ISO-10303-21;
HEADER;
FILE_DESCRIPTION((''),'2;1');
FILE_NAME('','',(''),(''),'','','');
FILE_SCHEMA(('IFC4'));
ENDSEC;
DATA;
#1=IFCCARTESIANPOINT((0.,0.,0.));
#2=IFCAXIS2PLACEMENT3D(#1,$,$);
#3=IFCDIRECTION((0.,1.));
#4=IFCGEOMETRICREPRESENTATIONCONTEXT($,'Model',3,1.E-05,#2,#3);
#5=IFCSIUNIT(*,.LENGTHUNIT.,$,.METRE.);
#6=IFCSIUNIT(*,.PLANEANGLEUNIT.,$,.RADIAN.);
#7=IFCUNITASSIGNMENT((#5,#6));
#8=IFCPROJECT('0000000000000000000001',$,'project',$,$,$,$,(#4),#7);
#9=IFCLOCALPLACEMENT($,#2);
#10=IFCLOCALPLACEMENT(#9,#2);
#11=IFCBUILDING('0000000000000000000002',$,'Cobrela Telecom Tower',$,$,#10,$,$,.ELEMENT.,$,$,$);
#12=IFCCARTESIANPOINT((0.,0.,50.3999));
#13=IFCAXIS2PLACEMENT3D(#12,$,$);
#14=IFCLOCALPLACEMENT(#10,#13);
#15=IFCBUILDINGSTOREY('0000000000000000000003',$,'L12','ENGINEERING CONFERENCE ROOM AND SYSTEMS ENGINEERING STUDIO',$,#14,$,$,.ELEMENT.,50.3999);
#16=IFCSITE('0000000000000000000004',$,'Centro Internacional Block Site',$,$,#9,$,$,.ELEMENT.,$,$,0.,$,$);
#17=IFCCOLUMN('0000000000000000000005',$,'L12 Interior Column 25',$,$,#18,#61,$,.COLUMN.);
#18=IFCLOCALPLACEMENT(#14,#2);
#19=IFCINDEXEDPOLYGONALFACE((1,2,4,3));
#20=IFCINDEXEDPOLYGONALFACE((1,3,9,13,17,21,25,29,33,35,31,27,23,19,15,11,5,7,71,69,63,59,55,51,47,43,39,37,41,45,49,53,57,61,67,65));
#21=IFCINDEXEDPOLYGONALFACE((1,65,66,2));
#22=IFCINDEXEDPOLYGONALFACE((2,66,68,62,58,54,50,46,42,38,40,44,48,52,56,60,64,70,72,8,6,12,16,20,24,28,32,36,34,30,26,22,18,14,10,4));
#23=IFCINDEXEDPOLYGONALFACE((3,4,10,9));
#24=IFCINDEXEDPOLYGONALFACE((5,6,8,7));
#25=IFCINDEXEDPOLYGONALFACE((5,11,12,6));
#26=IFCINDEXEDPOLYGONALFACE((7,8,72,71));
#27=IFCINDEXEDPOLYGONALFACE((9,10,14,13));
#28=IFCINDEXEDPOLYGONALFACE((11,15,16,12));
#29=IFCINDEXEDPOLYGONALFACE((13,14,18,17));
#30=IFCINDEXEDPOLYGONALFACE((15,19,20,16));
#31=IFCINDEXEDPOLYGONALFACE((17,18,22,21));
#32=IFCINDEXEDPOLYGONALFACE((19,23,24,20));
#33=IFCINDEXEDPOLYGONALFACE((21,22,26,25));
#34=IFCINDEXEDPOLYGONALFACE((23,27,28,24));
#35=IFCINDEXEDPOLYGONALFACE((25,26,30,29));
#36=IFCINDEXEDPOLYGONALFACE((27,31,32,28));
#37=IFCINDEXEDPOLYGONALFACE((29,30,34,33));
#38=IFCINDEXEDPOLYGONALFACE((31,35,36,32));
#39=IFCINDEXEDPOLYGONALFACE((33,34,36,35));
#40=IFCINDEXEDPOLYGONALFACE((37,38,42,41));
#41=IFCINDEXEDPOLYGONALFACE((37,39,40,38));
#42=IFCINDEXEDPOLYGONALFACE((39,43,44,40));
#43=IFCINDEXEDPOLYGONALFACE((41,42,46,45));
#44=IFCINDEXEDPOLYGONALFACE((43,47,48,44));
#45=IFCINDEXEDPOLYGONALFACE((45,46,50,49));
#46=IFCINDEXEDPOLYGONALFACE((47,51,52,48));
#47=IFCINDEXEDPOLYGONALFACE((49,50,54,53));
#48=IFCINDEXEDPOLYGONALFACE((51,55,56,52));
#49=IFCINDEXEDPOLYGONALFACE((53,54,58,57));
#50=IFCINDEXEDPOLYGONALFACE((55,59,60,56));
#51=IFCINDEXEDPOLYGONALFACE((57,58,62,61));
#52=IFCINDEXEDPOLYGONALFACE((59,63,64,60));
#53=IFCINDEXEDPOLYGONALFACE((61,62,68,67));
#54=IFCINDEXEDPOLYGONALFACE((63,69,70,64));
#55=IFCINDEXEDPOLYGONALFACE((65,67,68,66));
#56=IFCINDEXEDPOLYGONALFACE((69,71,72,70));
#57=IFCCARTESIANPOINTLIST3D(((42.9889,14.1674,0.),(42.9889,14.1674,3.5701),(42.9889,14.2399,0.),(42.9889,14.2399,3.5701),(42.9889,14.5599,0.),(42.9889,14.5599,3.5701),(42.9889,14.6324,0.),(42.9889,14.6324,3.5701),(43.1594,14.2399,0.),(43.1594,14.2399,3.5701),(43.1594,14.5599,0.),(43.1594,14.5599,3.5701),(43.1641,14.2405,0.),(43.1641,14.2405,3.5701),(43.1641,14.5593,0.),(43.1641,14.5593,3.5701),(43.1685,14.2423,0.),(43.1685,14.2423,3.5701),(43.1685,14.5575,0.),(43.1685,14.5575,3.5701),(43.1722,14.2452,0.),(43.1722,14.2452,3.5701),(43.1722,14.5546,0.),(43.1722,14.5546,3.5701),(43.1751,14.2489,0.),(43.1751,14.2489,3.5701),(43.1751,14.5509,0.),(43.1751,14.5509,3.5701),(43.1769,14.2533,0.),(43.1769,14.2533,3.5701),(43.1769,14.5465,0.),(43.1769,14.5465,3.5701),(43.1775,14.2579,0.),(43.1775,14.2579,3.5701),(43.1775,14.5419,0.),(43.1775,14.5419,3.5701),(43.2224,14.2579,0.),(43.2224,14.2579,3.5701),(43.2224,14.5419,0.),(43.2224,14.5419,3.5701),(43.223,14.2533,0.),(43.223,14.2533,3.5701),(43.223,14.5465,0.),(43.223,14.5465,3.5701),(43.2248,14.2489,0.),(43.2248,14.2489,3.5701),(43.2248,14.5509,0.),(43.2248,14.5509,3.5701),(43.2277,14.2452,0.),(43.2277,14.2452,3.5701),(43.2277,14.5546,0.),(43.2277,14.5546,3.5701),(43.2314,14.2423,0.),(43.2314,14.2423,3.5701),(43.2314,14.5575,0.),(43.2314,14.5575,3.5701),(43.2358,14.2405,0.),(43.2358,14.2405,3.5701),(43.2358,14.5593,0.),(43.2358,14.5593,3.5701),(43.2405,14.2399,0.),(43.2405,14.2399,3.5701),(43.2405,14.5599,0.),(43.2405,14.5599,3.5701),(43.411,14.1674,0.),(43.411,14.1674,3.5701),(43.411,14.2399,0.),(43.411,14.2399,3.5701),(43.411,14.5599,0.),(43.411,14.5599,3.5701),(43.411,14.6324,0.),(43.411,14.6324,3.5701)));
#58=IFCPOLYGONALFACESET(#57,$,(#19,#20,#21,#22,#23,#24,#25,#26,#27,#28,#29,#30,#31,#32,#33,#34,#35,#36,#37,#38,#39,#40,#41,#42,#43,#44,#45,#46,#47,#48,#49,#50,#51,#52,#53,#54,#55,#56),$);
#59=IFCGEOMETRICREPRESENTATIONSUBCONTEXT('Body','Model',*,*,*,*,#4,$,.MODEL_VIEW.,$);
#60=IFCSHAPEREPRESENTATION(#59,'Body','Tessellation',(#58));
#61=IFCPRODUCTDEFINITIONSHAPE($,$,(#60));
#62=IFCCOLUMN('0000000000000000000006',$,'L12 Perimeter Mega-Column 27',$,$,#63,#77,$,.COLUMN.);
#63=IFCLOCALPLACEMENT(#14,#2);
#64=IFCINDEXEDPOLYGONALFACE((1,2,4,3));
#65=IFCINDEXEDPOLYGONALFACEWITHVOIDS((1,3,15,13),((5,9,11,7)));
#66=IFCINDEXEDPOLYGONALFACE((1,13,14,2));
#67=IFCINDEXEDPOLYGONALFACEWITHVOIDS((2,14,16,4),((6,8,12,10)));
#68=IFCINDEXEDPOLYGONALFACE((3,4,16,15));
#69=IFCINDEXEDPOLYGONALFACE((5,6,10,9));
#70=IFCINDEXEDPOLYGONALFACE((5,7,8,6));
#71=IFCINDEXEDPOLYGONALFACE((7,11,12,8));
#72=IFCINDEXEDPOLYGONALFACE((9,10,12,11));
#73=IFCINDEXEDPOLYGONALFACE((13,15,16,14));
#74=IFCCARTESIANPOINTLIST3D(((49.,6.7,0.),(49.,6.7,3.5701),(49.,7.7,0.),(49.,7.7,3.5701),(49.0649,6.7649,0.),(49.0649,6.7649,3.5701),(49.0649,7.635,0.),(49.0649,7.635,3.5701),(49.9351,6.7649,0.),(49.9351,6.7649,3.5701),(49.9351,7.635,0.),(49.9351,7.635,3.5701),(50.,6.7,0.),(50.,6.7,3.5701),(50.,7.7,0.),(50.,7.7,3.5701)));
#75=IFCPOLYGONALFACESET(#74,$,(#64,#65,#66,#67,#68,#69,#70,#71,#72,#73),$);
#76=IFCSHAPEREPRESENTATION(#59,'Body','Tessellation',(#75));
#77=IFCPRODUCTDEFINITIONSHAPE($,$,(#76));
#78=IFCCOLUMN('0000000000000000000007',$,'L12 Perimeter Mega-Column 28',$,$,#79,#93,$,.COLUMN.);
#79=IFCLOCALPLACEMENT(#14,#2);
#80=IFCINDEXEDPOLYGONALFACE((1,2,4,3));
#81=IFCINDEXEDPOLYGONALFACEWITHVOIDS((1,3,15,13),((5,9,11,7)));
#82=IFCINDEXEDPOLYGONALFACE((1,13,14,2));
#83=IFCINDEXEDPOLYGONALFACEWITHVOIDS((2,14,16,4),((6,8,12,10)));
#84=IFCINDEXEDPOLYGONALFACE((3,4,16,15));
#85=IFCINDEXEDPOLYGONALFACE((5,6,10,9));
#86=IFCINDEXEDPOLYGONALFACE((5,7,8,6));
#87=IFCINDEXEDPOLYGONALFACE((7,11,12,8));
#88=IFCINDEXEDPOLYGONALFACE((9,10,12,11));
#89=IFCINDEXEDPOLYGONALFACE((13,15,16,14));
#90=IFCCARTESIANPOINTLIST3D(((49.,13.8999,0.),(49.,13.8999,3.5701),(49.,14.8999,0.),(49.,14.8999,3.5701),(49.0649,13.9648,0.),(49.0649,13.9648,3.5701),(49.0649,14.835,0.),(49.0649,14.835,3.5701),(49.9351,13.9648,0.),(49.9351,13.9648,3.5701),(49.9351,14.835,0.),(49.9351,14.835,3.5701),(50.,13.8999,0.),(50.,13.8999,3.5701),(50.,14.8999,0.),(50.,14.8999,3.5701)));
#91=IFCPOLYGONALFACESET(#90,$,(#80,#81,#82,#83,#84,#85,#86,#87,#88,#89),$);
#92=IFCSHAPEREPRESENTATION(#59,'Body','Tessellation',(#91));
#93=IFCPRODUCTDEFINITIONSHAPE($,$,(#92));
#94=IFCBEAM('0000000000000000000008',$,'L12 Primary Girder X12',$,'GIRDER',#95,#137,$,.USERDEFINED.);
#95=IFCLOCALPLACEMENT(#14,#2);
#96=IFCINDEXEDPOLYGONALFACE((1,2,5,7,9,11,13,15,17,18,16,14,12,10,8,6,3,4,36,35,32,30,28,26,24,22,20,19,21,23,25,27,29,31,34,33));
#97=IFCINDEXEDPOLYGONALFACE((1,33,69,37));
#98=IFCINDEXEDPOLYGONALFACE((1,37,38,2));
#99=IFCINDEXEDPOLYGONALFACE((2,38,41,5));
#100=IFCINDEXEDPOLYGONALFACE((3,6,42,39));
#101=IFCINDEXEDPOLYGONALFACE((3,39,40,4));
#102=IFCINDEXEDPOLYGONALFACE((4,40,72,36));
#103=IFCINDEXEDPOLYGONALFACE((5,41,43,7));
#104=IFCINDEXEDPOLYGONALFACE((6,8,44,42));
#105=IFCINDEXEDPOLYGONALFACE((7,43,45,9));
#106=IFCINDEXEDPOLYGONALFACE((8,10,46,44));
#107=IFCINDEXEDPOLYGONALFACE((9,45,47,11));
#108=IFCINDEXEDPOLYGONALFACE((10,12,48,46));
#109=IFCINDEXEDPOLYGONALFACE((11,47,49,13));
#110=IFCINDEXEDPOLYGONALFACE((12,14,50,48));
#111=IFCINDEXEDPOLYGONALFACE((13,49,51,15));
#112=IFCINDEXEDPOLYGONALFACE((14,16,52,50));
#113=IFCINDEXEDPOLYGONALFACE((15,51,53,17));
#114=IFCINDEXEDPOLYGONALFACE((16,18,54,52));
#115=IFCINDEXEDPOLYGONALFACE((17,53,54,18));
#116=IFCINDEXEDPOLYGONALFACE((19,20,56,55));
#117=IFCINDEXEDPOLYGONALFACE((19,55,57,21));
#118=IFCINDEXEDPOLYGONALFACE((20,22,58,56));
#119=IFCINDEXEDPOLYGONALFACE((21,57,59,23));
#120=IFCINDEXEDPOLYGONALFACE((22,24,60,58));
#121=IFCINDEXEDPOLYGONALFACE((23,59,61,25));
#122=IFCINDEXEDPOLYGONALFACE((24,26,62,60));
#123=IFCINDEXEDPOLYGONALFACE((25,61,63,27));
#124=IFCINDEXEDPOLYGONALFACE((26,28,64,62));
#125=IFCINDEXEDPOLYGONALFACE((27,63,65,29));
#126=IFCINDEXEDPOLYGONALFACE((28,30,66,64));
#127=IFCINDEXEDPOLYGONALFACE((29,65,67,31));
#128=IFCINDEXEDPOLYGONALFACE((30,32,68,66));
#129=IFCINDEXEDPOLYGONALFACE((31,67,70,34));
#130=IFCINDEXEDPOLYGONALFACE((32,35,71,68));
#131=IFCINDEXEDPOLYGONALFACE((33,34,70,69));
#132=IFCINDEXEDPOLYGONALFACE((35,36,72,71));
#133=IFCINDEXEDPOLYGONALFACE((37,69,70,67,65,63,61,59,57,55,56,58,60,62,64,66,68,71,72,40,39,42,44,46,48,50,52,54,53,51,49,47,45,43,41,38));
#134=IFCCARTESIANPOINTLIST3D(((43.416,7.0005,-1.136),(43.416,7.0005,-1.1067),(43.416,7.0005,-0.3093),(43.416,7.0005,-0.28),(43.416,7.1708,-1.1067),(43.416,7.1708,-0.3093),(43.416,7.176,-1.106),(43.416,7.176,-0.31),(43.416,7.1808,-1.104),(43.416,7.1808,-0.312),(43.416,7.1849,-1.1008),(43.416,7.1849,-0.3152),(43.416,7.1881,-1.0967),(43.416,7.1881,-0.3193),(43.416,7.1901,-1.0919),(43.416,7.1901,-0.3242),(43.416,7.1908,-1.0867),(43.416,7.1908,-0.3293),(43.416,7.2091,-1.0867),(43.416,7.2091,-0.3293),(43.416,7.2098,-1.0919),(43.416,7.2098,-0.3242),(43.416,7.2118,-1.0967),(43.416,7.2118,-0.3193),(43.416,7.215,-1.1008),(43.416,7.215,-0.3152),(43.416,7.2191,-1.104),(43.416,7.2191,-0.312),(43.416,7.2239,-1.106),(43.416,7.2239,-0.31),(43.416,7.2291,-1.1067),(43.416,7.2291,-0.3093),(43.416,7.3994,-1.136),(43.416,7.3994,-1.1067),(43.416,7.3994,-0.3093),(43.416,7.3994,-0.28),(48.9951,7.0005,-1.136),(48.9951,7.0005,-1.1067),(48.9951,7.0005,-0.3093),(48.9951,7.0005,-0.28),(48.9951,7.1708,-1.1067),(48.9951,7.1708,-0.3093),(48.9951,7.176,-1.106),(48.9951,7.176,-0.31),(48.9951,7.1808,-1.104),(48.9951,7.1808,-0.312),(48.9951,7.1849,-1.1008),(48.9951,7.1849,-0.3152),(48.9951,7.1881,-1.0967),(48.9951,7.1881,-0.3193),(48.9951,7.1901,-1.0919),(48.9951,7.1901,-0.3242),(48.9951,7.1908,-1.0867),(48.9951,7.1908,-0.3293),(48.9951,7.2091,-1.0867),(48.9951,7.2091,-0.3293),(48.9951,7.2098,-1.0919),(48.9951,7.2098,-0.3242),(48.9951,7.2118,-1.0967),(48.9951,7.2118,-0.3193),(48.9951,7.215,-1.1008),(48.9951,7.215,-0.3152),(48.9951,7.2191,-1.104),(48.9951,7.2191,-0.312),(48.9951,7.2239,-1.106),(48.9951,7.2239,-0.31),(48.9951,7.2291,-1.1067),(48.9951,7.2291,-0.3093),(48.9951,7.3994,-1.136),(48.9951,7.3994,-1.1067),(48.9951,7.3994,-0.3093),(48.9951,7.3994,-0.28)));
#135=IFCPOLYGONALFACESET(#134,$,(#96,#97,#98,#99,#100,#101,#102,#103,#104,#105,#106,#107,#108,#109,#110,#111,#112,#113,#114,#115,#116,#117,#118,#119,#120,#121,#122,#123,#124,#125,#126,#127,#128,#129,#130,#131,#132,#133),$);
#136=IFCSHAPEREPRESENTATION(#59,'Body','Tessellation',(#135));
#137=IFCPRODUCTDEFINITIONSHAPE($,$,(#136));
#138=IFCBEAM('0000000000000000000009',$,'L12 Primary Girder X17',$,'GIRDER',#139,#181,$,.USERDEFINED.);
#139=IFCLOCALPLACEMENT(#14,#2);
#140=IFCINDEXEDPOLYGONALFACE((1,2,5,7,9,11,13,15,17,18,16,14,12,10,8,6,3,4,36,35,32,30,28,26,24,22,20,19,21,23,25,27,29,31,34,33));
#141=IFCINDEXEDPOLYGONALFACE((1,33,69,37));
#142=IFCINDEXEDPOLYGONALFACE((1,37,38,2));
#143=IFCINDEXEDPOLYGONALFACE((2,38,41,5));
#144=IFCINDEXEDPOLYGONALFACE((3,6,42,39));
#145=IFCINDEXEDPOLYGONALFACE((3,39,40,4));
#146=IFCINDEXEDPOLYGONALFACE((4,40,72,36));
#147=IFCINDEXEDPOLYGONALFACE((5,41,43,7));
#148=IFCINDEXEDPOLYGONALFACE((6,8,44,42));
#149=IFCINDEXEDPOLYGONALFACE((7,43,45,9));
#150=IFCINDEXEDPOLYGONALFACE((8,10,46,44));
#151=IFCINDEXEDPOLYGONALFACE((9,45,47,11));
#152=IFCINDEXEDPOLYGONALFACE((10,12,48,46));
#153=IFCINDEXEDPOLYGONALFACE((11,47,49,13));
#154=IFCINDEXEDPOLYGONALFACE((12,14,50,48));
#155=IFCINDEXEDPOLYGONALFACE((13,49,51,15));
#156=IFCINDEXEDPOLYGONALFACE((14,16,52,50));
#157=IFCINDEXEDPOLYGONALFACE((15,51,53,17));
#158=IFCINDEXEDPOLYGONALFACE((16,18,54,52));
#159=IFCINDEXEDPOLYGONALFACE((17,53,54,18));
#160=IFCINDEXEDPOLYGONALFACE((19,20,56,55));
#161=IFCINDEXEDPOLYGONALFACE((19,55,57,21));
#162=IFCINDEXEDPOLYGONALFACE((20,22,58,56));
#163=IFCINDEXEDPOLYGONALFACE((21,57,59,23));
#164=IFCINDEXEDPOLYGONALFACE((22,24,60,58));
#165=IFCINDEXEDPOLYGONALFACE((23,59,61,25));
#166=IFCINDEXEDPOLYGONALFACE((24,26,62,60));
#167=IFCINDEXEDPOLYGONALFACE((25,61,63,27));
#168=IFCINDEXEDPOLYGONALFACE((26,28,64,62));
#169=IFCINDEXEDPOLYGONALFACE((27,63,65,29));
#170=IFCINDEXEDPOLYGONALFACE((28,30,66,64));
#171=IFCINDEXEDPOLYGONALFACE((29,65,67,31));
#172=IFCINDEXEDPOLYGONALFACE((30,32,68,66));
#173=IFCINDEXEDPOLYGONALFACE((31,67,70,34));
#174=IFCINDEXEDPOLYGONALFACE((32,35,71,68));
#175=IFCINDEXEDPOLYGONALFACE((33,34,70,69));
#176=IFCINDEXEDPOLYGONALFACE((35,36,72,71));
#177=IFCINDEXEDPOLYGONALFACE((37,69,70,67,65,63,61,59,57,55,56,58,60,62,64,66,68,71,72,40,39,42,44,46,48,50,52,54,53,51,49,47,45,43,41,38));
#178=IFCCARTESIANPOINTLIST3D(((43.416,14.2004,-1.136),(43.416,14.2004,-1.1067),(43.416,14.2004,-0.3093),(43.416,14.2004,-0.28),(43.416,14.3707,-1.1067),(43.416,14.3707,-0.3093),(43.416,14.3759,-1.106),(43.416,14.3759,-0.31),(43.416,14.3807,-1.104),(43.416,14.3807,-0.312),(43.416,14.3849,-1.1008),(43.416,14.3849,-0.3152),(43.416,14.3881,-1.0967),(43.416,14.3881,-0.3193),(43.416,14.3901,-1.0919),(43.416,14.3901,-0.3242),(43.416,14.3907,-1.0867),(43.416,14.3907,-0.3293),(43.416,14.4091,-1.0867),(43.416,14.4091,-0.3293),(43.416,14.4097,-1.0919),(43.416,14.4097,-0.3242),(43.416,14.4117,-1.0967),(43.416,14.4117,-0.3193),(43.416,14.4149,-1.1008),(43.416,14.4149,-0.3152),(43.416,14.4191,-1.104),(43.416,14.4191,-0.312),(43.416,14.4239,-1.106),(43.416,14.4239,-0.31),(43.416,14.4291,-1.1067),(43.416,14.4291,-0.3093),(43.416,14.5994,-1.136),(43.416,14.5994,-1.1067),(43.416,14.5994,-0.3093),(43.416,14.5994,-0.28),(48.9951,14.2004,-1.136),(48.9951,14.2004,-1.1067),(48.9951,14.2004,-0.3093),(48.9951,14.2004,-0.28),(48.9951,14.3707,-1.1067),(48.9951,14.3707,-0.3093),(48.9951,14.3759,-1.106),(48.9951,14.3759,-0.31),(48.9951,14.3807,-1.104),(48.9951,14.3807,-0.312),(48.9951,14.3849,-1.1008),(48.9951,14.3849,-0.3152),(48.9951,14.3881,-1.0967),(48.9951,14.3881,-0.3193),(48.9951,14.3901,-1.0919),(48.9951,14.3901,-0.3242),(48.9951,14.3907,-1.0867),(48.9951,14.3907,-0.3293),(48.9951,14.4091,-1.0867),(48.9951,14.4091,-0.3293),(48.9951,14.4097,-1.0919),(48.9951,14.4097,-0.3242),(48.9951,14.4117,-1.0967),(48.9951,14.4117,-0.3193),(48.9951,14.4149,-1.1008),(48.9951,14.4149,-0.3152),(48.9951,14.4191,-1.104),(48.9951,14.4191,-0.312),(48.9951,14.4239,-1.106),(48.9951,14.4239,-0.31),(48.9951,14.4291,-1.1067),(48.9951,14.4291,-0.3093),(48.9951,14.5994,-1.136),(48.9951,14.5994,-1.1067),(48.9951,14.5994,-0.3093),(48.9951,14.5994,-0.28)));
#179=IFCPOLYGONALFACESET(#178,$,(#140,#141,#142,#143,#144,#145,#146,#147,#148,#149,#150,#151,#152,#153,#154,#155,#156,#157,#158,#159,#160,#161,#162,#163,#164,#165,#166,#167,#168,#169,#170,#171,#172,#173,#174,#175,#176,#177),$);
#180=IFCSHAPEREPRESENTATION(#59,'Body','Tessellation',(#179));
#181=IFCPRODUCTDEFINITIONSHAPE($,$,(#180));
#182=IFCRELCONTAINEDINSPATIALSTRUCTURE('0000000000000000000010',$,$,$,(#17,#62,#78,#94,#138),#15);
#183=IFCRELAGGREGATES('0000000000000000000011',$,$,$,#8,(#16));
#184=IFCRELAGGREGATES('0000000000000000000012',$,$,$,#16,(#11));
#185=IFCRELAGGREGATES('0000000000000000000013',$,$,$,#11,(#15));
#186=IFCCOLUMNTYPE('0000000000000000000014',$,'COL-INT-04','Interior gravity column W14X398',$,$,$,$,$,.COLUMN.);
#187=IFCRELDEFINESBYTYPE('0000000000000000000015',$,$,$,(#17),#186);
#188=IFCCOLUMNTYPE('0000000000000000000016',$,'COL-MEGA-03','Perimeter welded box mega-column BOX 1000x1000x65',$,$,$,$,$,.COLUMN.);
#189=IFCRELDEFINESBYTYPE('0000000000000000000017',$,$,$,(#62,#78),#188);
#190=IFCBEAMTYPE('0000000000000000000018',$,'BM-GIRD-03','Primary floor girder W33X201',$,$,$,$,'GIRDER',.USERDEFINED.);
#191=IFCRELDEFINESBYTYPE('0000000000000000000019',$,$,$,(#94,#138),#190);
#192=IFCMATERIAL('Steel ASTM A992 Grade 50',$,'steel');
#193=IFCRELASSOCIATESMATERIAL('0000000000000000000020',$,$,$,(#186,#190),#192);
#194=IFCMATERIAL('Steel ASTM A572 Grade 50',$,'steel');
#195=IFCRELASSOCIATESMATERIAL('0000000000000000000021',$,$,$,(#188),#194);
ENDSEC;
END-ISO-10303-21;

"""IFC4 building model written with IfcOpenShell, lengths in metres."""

from ifc_helpers import new_model, si_unit, direction, frame, origin, origin_2d, place, context, subcontext, project, spatial, hollow_rectangle, i_section, extrude, material, material_profile, profile_set, type_object, element, save


model = new_model("IFC4")

# Units and contexts
model_context = context("Model", 3, precision=1e-05, world=origin(), true_north=direction((0.0, 1.0)))
body_context = subcontext(model_context, "Body", "Model", "MODEL_VIEW")
ifc_project = project(units=[si_unit("LENGTHUNIT", "METRE"), si_unit("PLANEANGLEUNIT", "RADIAN")], contexts=[model_context])

# Site, building, storey
site_placement = place(None, origin())
site = spatial("IfcSite", under=ifc_project, at=site_placement, Name="Centro Internacional Block Site", CompositionType="ELEMENT", RefElevation=0.0)
building_placement = place(site_placement, origin())
building = spatial("IfcBuilding", under=site, at=building_placement, Name="Cobrela Telecom Tower", CompositionType="ELEMENT")
storey_placement = place(building_placement, frame((0.0, 0.0, 50.3999)))
storey = spatial("IfcBuildingStorey", under=building, at=storey_placement, Name="L12", Description="ENGINEERING CONFERENCE ROOM AND SYSTEMS ENGINEERING STUDIO", CompositionType="ELEMENT", Elevation=50.3999)

# Columns
ifc_material_1 = material(Name="Steel ASTM A992 Grade 50", Category="steel")
ifc_material_profile_1 = material_profile(ifc_material_1, i_section(OverallWidth=0.4221, OverallDepth=0.4651, WebThickness=0.0449, FlangeThickness=0.0725, FilletRadius=0.0181, at=origin_2d()), Name="W14X398")
ifc_profile_set_1 = profile_set([ifc_material_profile_1], Name="Steel ASTM A992 Grade 50")
column_type_1 = type_object("IfcColumnType", Name="COL-INT-04", Description="Interior gravity column W14X398", PredefinedType="COLUMN", material=ifc_profile_set_1)
column_placement = place(storey_placement, frame((43.2, 14.3999, 0.0), z_axis=(0.0, 0.0, 1.0), x_axis=(1.0, 0.0, 0.0)))
element("IfcColumn", 1, at=column_placement, inside=storey, type_object=column_type_1, Name="L12 Interior Column 25", PredefinedType="COLUMN", context=body_context, shape_type="SweptSolid", body=[
    extrude(i_section(OverallWidth=0.4221, OverallDepth=0.4651, WebThickness=0.0449, FlangeThickness=0.0725, FilletRadius=0.0181, at=origin_2d()), origin(), (0.0, 0.0, 1.0), 3.5701),
])
ifc_material_2 = material(Name="Steel ASTM A572 Grade 50", Category="steel")
ifc_material_profile_2 = material_profile(ifc_material_2, hollow_rectangle(XDim=1.0, YDim=1.0, WallThickness=0.0649, at=origin_2d()), Name="BOX 1000x1000x65")
ifc_profile_set_2 = profile_set([ifc_material_profile_2], Name="Steel ASTM A572 Grade 50")
column_type_2 = type_object("IfcColumnType", Name="COL-MEGA-03", Description="Perimeter welded box mega-column BOX 1000x1000x65", PredefinedType="COLUMN", material=ifc_profile_set_2)
for number, where, z_axis, x_axis, name in (
    (2, (49.5, 7.2, 0.0), (0.0, 0.0, 1.0), (1.0, 0.0, 0.0), "L12 Perimeter Mega-Column 27"),
    (3, (49.5, 14.3999, 0.0), (0.0, 0.0, 1.0), (1.0, 0.0, 0.0), "L12 Perimeter Mega-Column 28"),
):
    element("IfcColumn", number, at=place(storey_placement, frame(where, z_axis=z_axis, x_axis=x_axis)), inside=storey, type_object=column_type_2, Name=name, PredefinedType="COLUMN", context=body_context, shape_type="SweptSolid", body=[
        extrude(hollow_rectangle(XDim=1.0, YDim=1.0, WallThickness=0.0649, at=origin_2d()), origin(), (0.0, 0.0, 1.0), 3.5701),
    ])

# Beams
ifc_material_profile_3 = material_profile(ifc_material_1, i_section(OverallWidth=0.3989, OverallDepth=0.856, WebThickness=0.0183, FlangeThickness=0.0293, FilletRadius=0.02, at=origin_2d()), Name="W33X201")
ifc_profile_set_3 = profile_set([ifc_material_profile_3], Name="Steel ASTM A992 Grade 50")
beam_type_1 = type_object("IfcBeamType", Name="BM-GIRD-03", Description="Primary floor girder W33X201", ElementType="GIRDER", PredefinedType="USERDEFINED", material=ifc_profile_set_3)
for number, where, z_axis, x_axis, name in (
    (4, (43.416, 7.2, -0.708), (1.0, 0.0, 0.0), (0.0, 1.0, 0.0), "L12 Primary Girder X12"),
    (5, (43.416, 14.3999, -0.708), (1.0, 0.0, 0.0), (0.0, 1.0, 0.0), "L12 Primary Girder X17"),
):
    element("IfcBeam", number, at=place(storey_placement, frame(where, z_axis=z_axis, x_axis=x_axis)), inside=storey, type_object=beam_type_1, Name=name, ObjectType="GIRDER", PredefinedType="USERDEFINED", context=body_context, shape_type="SweptSolid", body=[
        extrude(i_section(OverallWidth=0.3989, OverallDepth=0.856, WebThickness=0.0183, FlangeThickness=0.0293, FilletRadius=0.02, at=origin_2d()), origin(), (0.0, 0.0, 1.0), 5.5791),
    ])

save(model, "model.ifc")
